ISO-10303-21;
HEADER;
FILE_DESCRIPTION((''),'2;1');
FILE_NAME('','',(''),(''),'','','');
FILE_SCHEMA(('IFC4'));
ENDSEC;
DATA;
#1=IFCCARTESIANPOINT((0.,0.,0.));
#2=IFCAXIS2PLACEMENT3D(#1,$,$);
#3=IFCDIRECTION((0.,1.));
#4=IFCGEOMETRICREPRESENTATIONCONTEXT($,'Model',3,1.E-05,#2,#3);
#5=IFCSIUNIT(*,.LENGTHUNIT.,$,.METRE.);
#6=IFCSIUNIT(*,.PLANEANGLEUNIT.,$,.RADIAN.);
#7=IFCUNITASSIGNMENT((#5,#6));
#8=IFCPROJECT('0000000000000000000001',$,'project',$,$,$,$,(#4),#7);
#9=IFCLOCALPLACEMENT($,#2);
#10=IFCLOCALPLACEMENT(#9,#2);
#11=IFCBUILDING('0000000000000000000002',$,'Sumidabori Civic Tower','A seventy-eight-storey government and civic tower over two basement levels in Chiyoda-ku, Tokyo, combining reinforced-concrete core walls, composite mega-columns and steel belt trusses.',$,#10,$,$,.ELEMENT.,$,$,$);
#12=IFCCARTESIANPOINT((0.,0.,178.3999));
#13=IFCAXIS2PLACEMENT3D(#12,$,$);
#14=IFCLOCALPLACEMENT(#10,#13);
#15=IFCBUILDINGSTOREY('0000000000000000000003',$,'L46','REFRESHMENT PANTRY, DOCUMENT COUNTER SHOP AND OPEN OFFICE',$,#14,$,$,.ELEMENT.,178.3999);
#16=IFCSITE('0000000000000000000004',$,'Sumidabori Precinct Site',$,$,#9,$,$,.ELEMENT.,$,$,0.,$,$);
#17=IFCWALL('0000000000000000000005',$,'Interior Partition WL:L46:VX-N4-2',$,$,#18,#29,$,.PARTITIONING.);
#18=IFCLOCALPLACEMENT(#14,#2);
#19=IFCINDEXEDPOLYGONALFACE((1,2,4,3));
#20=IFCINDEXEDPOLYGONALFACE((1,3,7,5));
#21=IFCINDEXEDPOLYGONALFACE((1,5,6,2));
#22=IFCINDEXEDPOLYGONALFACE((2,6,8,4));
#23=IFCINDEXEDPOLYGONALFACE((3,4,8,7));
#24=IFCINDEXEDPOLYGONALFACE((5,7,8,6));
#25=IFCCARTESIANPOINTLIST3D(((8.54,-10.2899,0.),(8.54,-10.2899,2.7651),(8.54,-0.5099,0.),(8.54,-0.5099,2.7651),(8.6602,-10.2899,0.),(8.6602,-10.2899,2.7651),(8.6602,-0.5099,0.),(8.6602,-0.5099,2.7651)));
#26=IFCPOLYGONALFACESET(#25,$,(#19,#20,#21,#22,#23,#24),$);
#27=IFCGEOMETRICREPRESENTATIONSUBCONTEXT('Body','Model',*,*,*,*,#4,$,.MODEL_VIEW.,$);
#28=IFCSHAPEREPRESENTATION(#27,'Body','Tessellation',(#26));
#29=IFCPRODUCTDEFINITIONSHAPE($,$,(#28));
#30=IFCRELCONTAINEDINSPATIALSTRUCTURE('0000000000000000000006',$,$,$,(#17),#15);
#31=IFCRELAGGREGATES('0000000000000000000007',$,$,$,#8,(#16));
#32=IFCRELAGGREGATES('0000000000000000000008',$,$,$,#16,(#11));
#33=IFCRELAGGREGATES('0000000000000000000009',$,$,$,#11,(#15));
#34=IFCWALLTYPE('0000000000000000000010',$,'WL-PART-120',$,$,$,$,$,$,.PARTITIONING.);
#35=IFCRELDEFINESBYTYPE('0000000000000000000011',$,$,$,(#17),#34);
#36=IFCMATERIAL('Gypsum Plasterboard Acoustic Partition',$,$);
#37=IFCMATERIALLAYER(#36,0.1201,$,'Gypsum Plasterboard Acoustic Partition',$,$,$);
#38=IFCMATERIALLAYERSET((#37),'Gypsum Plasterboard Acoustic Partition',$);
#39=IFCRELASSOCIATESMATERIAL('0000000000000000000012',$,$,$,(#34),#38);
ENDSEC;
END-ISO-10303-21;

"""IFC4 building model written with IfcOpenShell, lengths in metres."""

from ifc_helpers import new_model, si_unit, direction, frame, frame_2d, origin, place, context, subcontext, project, spatial, rectangle, extrude, source, transform, mapped, material, layer, layer_set, type_object, element, save


model = new_model("IFC4")

# Units and contexts
model_context = context("Model", 3, precision=1e-05, world=origin(), true_north=direction((0.0, 1.0)))
body_context = subcontext(model_context, "Body", "Model", "MODEL_VIEW")
ifc_project = project(units=[si_unit("LENGTHUNIT", "METRE"), si_unit("PLANEANGLEUNIT", "RADIAN")], contexts=[model_context])

# Site, building, storey
site_placement = place(None, origin())
site = spatial("IfcSite", under=ifc_project, at=site_placement, Name="Sumidabori Precinct Site", CompositionType="ELEMENT", RefElevation=0.0)
building_placement = place(site_placement, origin())
building = spatial("IfcBuilding", under=site, at=building_placement, Name="Sumidabori Civic Tower", Description="A seventy-eight-storey government and civic tower over two basement levels in Chiyoda-ku, Tokyo, combining reinforced-concrete core walls, composite mega-columns and steel belt trusses.", CompositionType="ELEMENT")
storey_placement = place(building_placement, frame((0.0, 0.0, 178.3999)))
storey = spatial("IfcBuildingStorey", under=building, at=storey_placement, Name="L46", Description="REFRESHMENT PANTRY, DOCUMENT COUNTER SHOP AND OPEN OFFICE", CompositionType="ELEMENT", Elevation=178.3999)

# Shared definitions
ifc_material_1 = material(Name="Gypsum Plasterboard Acoustic Partition")
ifc_layer_1 = layer(ifc_material_1, 0.1201, Name="Gypsum Plasterboard Acoustic Partition")
ifc_layer_set_1 = layer_set([ifc_layer_1], Name="Gypsum Plasterboard Acoustic Partition")
wall_type = type_object("IfcWallType", Name="WL-PART-120", PredefinedType="PARTITIONING", material=ifc_layer_set_1)

# Wall
shared_shape_1 = source(origin(), body_context, "Body", "SweptSolid", [
    extrude(rectangle(XDim=9.78, YDim=0.1201, at=frame_2d((4.8901, 0.0))), origin(), (0.0, 0.0, 1.0), 2.7651),
])
wall_1_placement = place(storey_placement, frame((8.6001, -10.29, 0.0), z_axis=(0.0, 0.0, 1.0), x_axis=(0.0, 1.0, 0.0)))
element("IfcWall", 1, at=wall_1_placement, inside=storey, type_object=wall_type, Name="Interior Partition WL:L46:VX-N4-2", PredefinedType="PARTITIONING", context=body_context, shape_type="MappedRepresentation", body=[
    mapped(shared_shape_1, transform((0.0, 0.0, 0.0), x_axis=(1.0, 0.0, 0.0), y_axis=(0.0, 1.0, 0.0), z_axis=(0.0, 0.0, 1.0), scale=1.0)),
])

save(model, "model.ifc")
